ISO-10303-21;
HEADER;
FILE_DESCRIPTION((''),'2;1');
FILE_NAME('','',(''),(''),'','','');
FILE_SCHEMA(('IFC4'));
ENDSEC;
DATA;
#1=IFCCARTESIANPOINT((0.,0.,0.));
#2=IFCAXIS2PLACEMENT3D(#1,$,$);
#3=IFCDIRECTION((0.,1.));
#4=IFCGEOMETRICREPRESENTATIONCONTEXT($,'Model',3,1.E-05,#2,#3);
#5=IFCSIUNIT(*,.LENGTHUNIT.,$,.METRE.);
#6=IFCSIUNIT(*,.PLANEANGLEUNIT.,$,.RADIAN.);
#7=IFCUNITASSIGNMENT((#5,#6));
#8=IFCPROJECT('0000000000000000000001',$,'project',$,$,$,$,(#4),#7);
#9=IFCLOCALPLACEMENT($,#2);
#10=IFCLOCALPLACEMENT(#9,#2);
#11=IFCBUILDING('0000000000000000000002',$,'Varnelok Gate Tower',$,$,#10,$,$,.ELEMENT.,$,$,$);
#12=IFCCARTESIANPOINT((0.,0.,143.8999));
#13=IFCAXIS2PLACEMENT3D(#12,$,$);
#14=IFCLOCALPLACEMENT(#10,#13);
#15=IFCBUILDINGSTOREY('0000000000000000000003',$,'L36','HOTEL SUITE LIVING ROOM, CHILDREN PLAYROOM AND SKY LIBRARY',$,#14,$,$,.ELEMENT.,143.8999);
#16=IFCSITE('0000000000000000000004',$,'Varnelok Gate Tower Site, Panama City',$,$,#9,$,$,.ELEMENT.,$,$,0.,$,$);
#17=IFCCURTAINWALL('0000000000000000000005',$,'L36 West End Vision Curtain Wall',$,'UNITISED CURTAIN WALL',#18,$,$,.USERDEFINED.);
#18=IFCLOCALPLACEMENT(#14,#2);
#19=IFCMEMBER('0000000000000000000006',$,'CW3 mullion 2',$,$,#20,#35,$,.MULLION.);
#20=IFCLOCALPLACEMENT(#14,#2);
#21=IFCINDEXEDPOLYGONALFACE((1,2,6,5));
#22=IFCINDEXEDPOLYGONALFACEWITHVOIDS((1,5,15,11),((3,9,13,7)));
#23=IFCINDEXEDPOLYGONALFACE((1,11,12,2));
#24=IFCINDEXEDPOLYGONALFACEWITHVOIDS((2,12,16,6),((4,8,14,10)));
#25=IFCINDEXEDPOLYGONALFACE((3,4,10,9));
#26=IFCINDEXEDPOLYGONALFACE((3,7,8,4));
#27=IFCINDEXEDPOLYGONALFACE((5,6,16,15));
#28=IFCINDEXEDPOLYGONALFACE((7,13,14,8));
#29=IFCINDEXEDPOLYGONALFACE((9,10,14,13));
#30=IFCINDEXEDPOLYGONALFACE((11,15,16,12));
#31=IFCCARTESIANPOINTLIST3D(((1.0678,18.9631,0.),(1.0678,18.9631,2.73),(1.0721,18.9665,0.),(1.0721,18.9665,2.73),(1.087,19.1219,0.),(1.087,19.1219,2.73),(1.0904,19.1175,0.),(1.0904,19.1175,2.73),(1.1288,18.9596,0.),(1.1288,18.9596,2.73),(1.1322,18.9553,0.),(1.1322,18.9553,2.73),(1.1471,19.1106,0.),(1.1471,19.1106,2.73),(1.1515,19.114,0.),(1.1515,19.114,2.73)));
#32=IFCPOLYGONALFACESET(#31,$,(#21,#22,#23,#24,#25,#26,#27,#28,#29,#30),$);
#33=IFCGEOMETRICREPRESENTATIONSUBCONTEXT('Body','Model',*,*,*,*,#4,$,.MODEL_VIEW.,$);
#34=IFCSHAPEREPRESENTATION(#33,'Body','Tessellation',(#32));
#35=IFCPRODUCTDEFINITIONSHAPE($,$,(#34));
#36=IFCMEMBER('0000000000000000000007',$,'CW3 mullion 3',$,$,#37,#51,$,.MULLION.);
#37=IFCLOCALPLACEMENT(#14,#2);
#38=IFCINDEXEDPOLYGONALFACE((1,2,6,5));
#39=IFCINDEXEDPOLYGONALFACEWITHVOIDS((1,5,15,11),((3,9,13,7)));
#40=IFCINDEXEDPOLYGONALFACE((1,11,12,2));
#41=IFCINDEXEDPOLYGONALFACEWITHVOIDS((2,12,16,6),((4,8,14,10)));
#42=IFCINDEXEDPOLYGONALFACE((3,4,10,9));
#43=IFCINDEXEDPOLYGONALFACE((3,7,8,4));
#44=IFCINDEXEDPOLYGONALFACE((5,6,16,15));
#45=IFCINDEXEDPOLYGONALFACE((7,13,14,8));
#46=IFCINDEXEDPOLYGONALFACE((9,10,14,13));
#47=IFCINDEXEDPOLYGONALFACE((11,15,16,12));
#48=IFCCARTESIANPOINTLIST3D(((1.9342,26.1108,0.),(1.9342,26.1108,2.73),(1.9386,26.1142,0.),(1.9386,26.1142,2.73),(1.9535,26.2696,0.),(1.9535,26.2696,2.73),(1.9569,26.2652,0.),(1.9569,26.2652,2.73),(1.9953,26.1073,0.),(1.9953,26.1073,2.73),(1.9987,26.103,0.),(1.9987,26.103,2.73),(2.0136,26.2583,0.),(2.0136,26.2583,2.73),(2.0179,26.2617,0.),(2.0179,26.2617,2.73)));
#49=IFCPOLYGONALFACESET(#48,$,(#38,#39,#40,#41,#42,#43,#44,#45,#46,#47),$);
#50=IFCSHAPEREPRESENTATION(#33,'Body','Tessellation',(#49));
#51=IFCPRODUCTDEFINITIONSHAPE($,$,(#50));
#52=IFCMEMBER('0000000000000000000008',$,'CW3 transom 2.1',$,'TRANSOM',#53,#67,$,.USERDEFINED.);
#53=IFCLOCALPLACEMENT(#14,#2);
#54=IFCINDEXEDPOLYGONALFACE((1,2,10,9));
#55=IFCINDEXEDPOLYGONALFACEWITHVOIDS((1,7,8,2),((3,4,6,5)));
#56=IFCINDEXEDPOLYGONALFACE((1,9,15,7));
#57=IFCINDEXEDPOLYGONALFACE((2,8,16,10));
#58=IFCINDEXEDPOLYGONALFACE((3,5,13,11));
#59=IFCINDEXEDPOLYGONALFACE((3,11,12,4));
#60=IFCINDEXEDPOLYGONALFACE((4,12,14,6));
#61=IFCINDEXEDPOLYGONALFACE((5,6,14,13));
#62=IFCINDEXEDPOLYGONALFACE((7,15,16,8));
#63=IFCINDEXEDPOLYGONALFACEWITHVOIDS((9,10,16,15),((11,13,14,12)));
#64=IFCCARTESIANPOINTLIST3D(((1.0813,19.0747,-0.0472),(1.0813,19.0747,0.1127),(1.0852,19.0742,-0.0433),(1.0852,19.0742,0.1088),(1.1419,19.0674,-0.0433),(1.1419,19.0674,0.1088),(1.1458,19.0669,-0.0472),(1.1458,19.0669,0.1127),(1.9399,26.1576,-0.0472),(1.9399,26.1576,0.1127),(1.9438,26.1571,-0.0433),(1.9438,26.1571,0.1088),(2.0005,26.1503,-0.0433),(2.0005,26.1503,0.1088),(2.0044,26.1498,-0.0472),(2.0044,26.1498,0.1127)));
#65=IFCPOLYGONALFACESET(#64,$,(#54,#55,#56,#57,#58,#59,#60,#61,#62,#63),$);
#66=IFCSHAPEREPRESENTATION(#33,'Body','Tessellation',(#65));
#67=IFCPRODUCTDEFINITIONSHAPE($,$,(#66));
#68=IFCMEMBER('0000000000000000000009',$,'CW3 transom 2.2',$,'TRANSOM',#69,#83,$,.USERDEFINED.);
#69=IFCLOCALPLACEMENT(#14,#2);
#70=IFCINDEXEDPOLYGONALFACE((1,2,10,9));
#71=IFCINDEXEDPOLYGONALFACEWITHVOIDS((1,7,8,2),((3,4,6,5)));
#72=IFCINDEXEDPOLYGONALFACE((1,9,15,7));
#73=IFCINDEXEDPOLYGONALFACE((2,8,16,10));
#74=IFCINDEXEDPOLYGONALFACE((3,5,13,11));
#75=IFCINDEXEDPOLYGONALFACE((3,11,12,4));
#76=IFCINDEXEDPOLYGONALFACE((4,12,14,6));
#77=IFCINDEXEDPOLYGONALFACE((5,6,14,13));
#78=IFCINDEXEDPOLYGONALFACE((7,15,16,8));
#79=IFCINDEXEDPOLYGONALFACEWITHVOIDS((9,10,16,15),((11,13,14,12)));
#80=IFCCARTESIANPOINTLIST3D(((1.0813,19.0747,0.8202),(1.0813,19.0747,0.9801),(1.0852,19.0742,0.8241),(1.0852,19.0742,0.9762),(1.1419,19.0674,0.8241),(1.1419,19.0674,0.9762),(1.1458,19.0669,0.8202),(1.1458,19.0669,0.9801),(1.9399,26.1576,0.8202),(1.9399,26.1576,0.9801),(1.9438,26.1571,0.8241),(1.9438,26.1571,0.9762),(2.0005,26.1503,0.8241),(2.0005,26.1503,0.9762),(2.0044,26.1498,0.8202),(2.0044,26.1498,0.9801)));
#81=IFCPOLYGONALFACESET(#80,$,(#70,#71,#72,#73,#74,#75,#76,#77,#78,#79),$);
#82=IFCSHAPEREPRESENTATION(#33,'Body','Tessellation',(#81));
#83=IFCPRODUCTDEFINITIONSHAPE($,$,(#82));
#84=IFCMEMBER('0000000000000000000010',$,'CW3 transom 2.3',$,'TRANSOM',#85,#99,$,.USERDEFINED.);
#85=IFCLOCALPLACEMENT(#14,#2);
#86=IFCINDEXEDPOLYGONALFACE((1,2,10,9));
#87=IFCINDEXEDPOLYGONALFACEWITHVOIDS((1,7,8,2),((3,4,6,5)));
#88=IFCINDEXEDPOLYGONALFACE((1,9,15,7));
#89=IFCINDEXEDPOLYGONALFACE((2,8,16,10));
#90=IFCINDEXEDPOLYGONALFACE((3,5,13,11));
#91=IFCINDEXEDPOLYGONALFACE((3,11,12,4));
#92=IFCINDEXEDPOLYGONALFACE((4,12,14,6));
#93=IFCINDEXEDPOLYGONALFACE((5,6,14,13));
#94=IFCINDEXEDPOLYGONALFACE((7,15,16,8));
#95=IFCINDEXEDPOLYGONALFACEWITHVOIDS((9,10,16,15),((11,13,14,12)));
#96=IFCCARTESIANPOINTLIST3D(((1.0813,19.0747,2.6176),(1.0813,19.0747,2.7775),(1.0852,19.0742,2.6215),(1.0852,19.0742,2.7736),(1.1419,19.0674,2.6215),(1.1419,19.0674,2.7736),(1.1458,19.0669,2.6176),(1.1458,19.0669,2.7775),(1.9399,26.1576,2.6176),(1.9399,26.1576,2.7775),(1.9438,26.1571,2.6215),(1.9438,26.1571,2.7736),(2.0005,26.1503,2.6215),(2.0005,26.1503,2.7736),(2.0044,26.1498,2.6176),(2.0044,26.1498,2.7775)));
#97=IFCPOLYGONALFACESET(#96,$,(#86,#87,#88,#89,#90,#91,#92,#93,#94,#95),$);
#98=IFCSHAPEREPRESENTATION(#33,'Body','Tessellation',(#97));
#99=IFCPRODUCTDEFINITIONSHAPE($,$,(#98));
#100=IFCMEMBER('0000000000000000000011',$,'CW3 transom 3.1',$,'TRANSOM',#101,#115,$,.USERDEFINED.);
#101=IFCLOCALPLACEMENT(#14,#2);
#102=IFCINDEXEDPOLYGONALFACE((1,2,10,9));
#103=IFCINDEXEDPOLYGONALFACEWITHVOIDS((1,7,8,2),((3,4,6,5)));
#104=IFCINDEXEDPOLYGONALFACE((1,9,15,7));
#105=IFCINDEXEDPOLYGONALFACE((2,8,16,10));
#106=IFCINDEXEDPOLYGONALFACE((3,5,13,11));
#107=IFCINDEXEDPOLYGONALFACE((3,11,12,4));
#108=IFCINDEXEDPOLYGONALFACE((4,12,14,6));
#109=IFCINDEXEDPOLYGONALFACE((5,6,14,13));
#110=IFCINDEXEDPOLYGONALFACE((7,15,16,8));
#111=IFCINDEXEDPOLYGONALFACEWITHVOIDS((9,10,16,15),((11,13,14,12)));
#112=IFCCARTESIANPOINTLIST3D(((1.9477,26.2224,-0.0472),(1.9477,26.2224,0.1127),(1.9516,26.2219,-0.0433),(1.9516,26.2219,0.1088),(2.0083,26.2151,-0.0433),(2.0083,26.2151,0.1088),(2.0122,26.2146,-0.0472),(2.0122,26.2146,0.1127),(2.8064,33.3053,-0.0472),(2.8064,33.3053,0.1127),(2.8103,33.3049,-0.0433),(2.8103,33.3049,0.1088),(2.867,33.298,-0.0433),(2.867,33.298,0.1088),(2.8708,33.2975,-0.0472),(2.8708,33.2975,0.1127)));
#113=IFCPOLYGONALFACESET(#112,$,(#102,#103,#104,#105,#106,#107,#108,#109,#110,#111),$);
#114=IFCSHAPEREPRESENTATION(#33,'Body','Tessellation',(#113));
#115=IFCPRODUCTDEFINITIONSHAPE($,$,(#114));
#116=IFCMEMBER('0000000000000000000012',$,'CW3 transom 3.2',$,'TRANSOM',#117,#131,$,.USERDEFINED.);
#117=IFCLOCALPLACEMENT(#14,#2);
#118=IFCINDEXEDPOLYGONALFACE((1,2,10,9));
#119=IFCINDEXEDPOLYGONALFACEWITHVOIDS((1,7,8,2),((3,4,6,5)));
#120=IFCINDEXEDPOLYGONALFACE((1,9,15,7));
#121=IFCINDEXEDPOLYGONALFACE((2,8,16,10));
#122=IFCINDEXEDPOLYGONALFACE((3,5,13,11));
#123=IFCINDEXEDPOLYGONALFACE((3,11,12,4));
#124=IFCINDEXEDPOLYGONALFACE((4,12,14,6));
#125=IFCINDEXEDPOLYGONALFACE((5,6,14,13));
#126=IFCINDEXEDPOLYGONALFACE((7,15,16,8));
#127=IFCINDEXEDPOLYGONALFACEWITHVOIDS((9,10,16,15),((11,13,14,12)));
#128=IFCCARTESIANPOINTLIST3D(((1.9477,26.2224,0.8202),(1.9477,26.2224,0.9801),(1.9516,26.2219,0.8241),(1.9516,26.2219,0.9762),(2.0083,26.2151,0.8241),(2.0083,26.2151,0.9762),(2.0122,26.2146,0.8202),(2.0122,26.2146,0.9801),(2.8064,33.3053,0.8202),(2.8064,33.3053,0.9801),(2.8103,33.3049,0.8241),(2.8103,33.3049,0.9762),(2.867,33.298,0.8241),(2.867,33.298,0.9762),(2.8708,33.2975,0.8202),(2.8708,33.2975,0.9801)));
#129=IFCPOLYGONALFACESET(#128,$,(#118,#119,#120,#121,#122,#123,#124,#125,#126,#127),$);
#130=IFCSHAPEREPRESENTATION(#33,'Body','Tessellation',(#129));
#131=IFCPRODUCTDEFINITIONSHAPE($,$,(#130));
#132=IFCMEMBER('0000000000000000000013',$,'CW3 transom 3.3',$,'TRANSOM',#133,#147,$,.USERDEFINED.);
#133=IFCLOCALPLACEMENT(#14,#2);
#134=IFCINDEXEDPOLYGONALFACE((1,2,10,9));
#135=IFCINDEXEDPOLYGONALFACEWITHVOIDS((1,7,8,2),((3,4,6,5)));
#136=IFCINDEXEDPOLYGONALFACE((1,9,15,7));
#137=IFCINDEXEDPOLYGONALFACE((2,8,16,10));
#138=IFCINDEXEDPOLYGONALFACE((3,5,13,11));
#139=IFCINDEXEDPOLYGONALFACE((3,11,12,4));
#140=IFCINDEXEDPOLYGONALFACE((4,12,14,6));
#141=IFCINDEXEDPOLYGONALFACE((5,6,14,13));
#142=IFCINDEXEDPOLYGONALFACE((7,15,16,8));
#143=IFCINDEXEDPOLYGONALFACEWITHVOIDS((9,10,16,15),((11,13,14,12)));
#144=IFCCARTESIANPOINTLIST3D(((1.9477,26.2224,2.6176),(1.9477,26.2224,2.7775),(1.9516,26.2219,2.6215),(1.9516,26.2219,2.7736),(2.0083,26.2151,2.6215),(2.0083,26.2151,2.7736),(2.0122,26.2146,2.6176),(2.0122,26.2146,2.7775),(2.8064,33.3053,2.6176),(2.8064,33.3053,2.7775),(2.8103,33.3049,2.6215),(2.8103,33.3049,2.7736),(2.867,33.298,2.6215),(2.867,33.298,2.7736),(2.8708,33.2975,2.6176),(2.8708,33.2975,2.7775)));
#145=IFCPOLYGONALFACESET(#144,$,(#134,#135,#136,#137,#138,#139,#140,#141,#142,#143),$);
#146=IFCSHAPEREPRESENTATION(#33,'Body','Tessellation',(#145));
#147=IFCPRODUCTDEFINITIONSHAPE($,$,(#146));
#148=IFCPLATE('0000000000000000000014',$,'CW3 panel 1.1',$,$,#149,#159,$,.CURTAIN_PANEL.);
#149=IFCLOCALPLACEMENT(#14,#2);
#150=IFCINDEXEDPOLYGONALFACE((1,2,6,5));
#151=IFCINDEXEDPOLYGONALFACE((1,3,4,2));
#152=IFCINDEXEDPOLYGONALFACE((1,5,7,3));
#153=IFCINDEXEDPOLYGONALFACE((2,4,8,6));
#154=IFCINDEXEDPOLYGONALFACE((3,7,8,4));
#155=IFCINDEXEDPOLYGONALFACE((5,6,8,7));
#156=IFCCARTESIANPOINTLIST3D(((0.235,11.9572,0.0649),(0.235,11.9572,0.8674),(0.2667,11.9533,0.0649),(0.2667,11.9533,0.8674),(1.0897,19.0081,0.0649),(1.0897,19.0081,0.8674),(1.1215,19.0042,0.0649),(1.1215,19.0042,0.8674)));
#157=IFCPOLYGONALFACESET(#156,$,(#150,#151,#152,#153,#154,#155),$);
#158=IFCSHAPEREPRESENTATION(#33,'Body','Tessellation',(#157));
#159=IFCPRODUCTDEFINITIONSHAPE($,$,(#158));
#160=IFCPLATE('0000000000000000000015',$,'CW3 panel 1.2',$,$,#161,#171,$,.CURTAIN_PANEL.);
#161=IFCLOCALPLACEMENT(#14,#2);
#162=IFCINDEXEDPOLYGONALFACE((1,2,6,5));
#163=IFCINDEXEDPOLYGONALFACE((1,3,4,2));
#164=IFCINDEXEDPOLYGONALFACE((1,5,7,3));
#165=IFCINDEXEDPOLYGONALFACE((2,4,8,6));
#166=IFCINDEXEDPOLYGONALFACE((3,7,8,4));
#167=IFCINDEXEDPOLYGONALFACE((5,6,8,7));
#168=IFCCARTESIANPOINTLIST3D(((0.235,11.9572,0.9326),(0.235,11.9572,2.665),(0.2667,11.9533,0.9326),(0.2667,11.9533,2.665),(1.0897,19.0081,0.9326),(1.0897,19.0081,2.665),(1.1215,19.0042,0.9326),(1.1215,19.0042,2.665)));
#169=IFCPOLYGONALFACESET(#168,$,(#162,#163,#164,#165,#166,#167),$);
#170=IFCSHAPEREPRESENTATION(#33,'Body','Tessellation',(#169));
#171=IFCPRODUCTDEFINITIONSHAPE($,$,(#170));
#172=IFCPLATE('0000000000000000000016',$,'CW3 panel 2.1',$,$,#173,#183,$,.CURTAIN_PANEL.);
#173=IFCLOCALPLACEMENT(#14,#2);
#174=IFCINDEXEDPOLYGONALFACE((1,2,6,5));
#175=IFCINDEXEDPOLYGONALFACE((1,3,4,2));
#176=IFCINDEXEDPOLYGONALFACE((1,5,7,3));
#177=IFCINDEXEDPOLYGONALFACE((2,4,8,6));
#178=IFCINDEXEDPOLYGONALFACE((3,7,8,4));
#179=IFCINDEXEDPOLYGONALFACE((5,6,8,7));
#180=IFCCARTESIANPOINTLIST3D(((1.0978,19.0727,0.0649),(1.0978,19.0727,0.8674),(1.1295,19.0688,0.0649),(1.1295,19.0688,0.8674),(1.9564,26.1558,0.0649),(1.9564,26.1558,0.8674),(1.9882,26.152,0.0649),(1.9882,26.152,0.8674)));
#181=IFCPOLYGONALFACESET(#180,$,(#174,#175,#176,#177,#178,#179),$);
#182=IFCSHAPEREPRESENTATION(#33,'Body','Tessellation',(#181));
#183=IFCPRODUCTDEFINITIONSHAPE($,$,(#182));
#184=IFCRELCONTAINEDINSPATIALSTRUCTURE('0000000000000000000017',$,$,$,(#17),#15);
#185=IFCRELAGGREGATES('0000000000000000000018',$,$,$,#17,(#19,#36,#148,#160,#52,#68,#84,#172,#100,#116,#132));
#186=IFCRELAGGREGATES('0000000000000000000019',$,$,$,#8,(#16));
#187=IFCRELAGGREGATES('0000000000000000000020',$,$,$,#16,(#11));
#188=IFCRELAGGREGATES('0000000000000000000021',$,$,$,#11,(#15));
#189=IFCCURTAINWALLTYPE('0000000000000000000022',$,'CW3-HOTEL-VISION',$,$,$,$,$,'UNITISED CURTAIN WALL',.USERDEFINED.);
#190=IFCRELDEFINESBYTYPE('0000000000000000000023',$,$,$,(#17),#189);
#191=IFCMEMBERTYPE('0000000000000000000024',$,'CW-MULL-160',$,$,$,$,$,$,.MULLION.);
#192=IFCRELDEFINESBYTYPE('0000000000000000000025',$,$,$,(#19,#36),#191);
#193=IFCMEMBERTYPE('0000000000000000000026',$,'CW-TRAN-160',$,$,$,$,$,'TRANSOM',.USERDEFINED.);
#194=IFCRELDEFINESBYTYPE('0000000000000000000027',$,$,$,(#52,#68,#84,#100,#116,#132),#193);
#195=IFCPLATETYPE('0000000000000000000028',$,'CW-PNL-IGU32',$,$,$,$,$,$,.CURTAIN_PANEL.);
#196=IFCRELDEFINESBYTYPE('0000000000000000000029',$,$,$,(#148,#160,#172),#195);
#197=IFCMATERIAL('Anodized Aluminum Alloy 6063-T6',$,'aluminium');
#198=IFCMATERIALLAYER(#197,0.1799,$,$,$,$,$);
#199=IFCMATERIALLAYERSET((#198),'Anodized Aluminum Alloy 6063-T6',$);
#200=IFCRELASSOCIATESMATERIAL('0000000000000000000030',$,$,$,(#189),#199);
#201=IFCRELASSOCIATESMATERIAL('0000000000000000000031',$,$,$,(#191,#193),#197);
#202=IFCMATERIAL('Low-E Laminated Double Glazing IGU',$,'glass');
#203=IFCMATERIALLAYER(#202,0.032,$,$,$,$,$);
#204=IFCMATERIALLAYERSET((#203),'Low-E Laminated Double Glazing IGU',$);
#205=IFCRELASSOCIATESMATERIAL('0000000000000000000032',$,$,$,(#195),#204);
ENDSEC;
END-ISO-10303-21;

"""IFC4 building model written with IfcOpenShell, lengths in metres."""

from ifc_helpers import new_model, si_unit, direction, frame, origin, origin_2d, place, context, subcontext, project, spatial, rectangle, hollow_rectangle, extrude, source, transform, mapped, material, layer, layer_set, material_profile, profile_set, type_object, element, aggregate, save


model = new_model("IFC4")

# Units and contexts
model_context = context("Model", 3, precision=1e-05, world=origin(), true_north=direction((0.0, 1.0)))
body_context = subcontext(model_context, "Body", "Model", "MODEL_VIEW")
ifc_project = project(units=[si_unit("LENGTHUNIT", "METRE"), si_unit("PLANEANGLEUNIT", "RADIAN")], contexts=[model_context])

# Site, building, storey
site_placement = place(None, origin())
site = spatial("IfcSite", under=ifc_project, at=site_placement, Name="Varnelok Gate Tower Site, Panama City", CompositionType="ELEMENT", RefElevation=0.0)
building_placement = place(site_placement, origin())
building = spatial("IfcBuilding", under=site, at=building_placement, Name="Varnelok Gate Tower", CompositionType="ELEMENT")
storey_placement = place(building_placement, frame((0.0, 0.0, 143.8999)))
storey = spatial("IfcBuildingStorey", under=building, at=storey_placement, Name="L36", Description="HOTEL SUITE LIVING ROOM, CHILDREN PLAYROOM AND SKY LIBRARY", CompositionType="ELEMENT", Elevation=143.8999)

# Curtain wall, members, plates
ifc_material_1 = material(Name="Anodized Aluminum Alloy 6063-T6", Category="aluminium")
ifc_layer_1 = layer(ifc_material_1, 0.1799)
ifc_layer_set_1 = layer_set([ifc_layer_1], Name="Anodized Aluminum Alloy 6063-T6")
curtain_wall_type = type_object("IfcCurtainWallType", Name="CW3-HOTEL-VISION", ElementType="UNITISED CURTAIN WALL", PredefinedType="USERDEFINED", material=ifc_layer_set_1)
curtain_wall_placement = place(storey_placement, origin())
curtain_wall = element("IfcCurtainWall", 1, at=curtain_wall_placement, inside=storey, type_object=curtain_wall_type, Name="L36 West End Vision Curtain Wall", ObjectType="UNITISED CURTAIN WALL", PredefinedType="USERDEFINED")
ifc_material_profile_1 = material_profile(ifc_material_1, hollow_rectangle(XDim=0.0649, YDim=0.1599, WallThickness=0.0039, at=origin_2d()), Name="ALU160X65X4")
ifc_profile_set_1 = profile_set([ifc_material_profile_1], Name="Anodized Aluminum Alloy 6063-T6")
member_type_1 = type_object("IfcMemberType", Name="CW-MULL-160", PredefinedType="MULLION", material=ifc_profile_set_1)
member_1_placement = place(storey_placement, frame((1.1096, 19.0386, 0.0), z_axis=(0.0, 0.0, 1.0), x_axis=(-0.992732, 0.120347, 0.0)))
member_1 = element("IfcMember", 2, at=member_1_placement, type_object=member_type_1, Name="CW3 mullion 2", PredefinedType="MULLION", context=body_context, shape_type="SweptSolid", body=[
    extrude(hollow_rectangle(XDim=0.0649, YDim=0.1599, WallThickness=0.0039, at=origin_2d()), origin(), (0.0, 0.0, 1.0), 2.73),
])
member_2_placement = place(storey_placement, frame((1.9761, 26.1863, 0.0), z_axis=(0.0, 0.0, 1.0), x_axis=(-0.992732, 0.120347, 0.0)))
member_2 = element("IfcMember", 3, at=member_2_placement, type_object=member_type_1, Name="CW3 mullion 3", PredefinedType="MULLION", context=body_context, shape_type="SweptSolid", body=[
    extrude(hollow_rectangle(XDim=0.0649, YDim=0.1599, WallThickness=0.0039, at=origin_2d()), origin(), (0.0, 0.0, 1.0), 2.73),
])
ifc_material_profile_2 = material_profile(ifc_material_1, hollow_rectangle(XDim=0.0649, YDim=0.1599, WallThickness=0.0039, at=origin_2d()), Name="ALU160X65X4")
ifc_profile_set_2 = profile_set([ifc_material_profile_2], Name="Anodized Aluminum Alloy 6063-T6")
member_type_2 = type_object("IfcMemberType", Name="CW-TRAN-160", ElementType="TRANSOM", PredefinedType="USERDEFINED", material=ifc_profile_set_2)
member_3_placement = place(storey_placement, frame((1.1135, 19.0708, 0.0327), z_axis=(0.120345, 0.992732, 0.0), x_axis=(-0.992732, 0.120345, 0.0)))
member_3 = element("IfcMember", 4, at=member_3_placement, type_object=member_type_2, Name="CW3 transom 2.1", ObjectType="TRANSOM", PredefinedType="USERDEFINED", context=body_context, shape_type="SweptSolid", body=[
    extrude(hollow_rectangle(XDim=0.0649, YDim=0.1599, WallThickness=0.0039, at=origin_2d()), origin(), (0.0, 0.0, 1.0), 7.1348),
])
member_4_placement = place(storey_placement, frame((1.1135, 19.0708, 0.9001), z_axis=(0.120345, 0.992732, 0.0), x_axis=(-0.992732, 0.120345, 0.0)))
member_4 = element("IfcMember", 5, at=member_4_placement, type_object=member_type_2, Name="CW3 transom 2.2", ObjectType="TRANSOM", PredefinedType="USERDEFINED", context=body_context, shape_type="SweptSolid", body=[
    extrude(hollow_rectangle(XDim=0.0649, YDim=0.1599, WallThickness=0.0039, at=origin_2d()), origin(), (0.0, 0.0, 1.0), 7.1348),
])
member_5_placement = place(storey_placement, frame((1.1135, 19.0708, 2.6975), z_axis=(0.120345, 0.992732, 0.0), x_axis=(-0.992732, 0.120345, 0.0)))
member_5 = element("IfcMember", 6, at=member_5_placement, type_object=member_type_2, Name="CW3 transom 2.3", ObjectType="TRANSOM", PredefinedType="USERDEFINED", context=body_context, shape_type="SweptSolid", body=[
    extrude(hollow_rectangle(XDim=0.0649, YDim=0.1599, WallThickness=0.0039, at=origin_2d()), origin(), (0.0, 0.0, 1.0), 7.1348),
])
member_6_placement = place(storey_placement, frame((1.98, 26.2185, 0.0327), z_axis=(0.120345, 0.992732, 0.0), x_axis=(-0.992732, 0.120345, 0.0)))
member_6 = element("IfcMember", 7, at=member_6_placement, type_object=member_type_2, Name="CW3 transom 3.1", ObjectType="TRANSOM", PredefinedType="USERDEFINED", context=body_context, shape_type="SweptSolid", body=[
    extrude(hollow_rectangle(XDim=0.0649, YDim=0.1599, WallThickness=0.0039, at=origin_2d()), origin(), (0.0, 0.0, 1.0), 7.1348),
])
member_7_placement = place(storey_placement, frame((1.98, 26.2185, 0.9001), z_axis=(0.120345, 0.992732, 0.0), x_axis=(-0.992732, 0.120345, 0.0)))
member_7 = element("IfcMember", 8, at=member_7_placement, type_object=member_type_2, Name="CW3 transom 3.2", ObjectType="TRANSOM", PredefinedType="USERDEFINED", context=body_context, shape_type="SweptSolid", body=[
    extrude(hollow_rectangle(XDim=0.0649, YDim=0.1599, WallThickness=0.0039, at=origin_2d()), origin(), (0.0, 0.0, 1.0), 7.1348),
])
member_8_placement = place(storey_placement, frame((1.98, 26.2185, 2.6975), z_axis=(0.120345, 0.992732, 0.0), x_axis=(-0.992732, 0.120345, 0.0)))
member_8 = element("IfcMember", 9, at=member_8_placement, type_object=member_type_2, Name="CW3 transom 3.3", ObjectType="TRANSOM", PredefinedType="USERDEFINED", context=body_context, shape_type="SweptSolid", body=[
    extrude(hollow_rectangle(XDim=0.0649, YDim=0.1599, WallThickness=0.0039, at=origin_2d()), origin(), (0.0, 0.0, 1.0), 7.1348),
])
ifc_material_2 = material(Name="Low-E Laminated Double Glazing IGU", Category="glass")
ifc_layer_2 = layer(ifc_material_2, 0.032)
ifc_layer_set_2 = layer_set([ifc_layer_2], Name="Low-E Laminated Double Glazing IGU")
plate_type = type_object("IfcPlateType", Name="CW-PNL-IGU32", PredefinedType="CURTAIN_PANEL", material=ifc_layer_set_2)
shared_shape_1 = source(origin(), body_context, "Body", "SweptSolid", [
    extrude(rectangle(XDim=7.1025, YDim=0.032, at=origin_2d()), origin(), (0.0, 0.0, 1.0), 0.8025),
])
plate_1_placement = place(storey_placement, frame((0.6782, 15.4807, 0.0649), z_axis=(0.0, 0.0, 1.0), x_axis=(0.120347, 0.992732, 0.0)))
plate_1 = element("IfcPlate", 10, at=plate_1_placement, type_object=plate_type, Name="CW3 panel 1.1", PredefinedType="CURTAIN_PANEL", context=body_context, shape_type="MappedRepresentation", body=[
    mapped(shared_shape_1, transform((0.0, 0.0, 0.0), scale=1.0)),
])
shared_shape_2 = source(origin(), body_context, "Body", "SweptSolid", [
    extrude(rectangle(XDim=7.1025, YDim=0.032, at=origin_2d()), origin(), (0.0, 0.0, 1.0), 1.7324),
])
plate_2_placement = place(storey_placement, frame((0.6782, 15.4807, 0.9326), z_axis=(0.0, 0.0, 1.0), x_axis=(0.120347, 0.992732, 0.0)))
plate_2 = element("IfcPlate", 11, at=plate_2_placement, type_object=plate_type, Name="CW3 panel 1.2", PredefinedType="CURTAIN_PANEL", context=body_context, shape_type="MappedRepresentation", body=[
    mapped(shared_shape_2, transform((0.0, 0.0, 0.0), scale=1.0)),
])
shared_shape_3 = source(origin(), body_context, "Body", "SweptSolid", [
    extrude(rectangle(XDim=7.135, YDim=0.032, at=origin_2d()), origin(), (0.0, 0.0, 1.0), 0.8025),
])
plate_3_placement = place(storey_placement, frame((1.543, 22.6123, 0.0649), z_axis=(0.0, 0.0, 1.0), x_axis=(0.120347, 0.992732, 0.0)))
plate_3 = element("IfcPlate", 12, at=plate_3_placement, type_object=plate_type, Name="CW3 panel 2.1", PredefinedType="CURTAIN_PANEL", context=body_context, shape_type="MappedRepresentation", body=[
    mapped(shared_shape_3, transform((0.0, 0.0, 0.0), scale=1.0)),
])
aggregate(curtain_wall, [member_1, member_2, plate_1, plate_2, member_3, member_4, member_5, plate_3, member_6, member_7, member_8])

save(model, "model.ifc")
